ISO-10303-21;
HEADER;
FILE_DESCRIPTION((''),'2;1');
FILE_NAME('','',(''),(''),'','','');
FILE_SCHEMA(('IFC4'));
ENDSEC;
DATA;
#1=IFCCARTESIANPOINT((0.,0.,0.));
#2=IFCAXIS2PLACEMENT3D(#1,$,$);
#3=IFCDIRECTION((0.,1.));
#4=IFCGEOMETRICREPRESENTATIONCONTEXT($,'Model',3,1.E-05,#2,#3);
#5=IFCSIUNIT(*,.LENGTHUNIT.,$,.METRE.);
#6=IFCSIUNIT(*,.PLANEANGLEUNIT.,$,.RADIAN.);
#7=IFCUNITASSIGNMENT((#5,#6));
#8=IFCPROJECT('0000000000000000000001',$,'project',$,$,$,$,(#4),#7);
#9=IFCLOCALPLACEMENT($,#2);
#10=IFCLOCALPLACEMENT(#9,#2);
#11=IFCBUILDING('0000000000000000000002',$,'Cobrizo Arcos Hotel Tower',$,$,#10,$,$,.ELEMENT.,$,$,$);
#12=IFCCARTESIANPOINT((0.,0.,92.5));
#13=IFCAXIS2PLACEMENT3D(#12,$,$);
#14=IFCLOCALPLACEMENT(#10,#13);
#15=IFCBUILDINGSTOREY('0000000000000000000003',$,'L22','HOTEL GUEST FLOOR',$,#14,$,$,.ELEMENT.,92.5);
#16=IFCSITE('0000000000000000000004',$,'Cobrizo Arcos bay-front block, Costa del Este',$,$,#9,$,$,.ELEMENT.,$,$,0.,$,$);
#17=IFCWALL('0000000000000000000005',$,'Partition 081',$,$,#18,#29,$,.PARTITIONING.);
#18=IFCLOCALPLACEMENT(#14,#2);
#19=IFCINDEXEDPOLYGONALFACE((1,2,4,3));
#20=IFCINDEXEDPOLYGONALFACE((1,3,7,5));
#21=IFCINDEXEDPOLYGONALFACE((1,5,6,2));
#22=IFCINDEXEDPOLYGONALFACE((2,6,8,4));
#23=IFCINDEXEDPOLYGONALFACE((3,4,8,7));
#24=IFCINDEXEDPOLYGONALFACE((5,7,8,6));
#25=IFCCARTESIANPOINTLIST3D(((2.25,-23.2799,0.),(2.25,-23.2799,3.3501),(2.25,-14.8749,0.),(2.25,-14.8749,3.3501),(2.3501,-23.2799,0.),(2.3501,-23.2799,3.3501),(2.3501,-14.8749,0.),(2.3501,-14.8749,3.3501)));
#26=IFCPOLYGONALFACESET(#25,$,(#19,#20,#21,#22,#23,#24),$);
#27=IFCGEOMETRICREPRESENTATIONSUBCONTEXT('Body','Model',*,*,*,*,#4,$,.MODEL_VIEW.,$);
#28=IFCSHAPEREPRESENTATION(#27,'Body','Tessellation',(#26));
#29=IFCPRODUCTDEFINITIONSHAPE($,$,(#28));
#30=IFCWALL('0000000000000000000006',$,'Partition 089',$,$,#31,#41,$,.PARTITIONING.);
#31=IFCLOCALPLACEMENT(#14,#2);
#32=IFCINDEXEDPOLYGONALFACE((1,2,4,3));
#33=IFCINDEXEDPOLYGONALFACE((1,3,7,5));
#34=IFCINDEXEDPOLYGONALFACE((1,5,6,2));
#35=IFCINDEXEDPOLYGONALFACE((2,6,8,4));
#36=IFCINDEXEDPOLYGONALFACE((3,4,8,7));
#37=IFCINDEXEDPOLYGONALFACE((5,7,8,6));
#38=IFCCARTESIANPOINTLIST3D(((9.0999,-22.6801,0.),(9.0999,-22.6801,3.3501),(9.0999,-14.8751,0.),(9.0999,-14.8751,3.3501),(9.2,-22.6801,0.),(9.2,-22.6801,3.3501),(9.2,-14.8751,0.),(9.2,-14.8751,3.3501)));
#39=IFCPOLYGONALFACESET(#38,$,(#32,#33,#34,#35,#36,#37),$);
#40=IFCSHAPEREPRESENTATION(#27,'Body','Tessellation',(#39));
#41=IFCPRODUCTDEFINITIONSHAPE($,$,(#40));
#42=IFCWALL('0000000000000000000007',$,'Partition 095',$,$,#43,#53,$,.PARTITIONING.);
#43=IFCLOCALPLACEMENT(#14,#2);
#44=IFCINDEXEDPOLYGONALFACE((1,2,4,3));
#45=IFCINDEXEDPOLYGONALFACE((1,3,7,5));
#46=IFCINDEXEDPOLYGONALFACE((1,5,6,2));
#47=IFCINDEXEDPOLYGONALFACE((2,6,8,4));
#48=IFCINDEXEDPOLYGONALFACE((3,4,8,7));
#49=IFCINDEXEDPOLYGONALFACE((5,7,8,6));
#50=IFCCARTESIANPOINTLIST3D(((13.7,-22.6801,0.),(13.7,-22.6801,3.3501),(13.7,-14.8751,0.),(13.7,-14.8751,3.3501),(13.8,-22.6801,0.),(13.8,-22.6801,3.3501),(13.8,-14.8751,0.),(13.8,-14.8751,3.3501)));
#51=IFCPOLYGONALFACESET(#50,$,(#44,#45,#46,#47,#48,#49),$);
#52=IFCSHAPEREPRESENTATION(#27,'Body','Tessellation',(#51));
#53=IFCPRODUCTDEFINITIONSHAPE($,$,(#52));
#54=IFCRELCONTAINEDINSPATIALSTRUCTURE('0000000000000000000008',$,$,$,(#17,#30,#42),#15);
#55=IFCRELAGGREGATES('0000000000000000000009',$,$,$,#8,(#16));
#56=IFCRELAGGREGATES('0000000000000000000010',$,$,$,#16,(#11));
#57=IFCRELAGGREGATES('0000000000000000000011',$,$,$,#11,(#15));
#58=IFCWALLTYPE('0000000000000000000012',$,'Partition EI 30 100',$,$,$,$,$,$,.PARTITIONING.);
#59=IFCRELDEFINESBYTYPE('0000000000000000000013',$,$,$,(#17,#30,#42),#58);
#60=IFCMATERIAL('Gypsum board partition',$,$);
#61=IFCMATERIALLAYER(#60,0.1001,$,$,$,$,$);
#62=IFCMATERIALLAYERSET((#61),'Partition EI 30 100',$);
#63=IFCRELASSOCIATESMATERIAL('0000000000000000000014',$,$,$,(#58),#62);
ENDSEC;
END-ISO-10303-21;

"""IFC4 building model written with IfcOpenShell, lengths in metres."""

from ifc_helpers import new_model, si_unit, direction, frame, frame_2d, origin, place, context, subcontext, project, spatial, rectangle, extrude, material, layer, layer_set, type_object, element, save


model = new_model("IFC4")

# Units and contexts
model_context = context("Model", 3, precision=1e-05, world=origin(), true_north=direction((0.0, 1.0)))
body_context = subcontext(model_context, "Body", "Model", "MODEL_VIEW")
ifc_project = project(units=[si_unit("LENGTHUNIT", "METRE"), si_unit("PLANEANGLEUNIT", "RADIAN")], contexts=[model_context])

# Site, building, storey
site_placement = place(None, origin())
site = spatial("IfcSite", under=ifc_project, at=site_placement, Name="Cobrizo Arcos bay-front block, Costa del Este", CompositionType="ELEMENT", RefElevation=0.0)
building_placement = place(site_placement, origin())
building = spatial("IfcBuilding", under=site, at=building_placement, Name="Cobrizo Arcos Hotel Tower", CompositionType="ELEMENT")
storey_placement = place(building_placement, frame((0.0, 0.0, 92.5)))
storey = spatial("IfcBuildingStorey", under=building, at=storey_placement, Name="L22", Description="HOTEL GUEST FLOOR", CompositionType="ELEMENT", Elevation=92.5)

# Walls
ifc_material_1 = material(Name="Gypsum board partition")
ifc_layer_1 = layer(ifc_material_1, 0.1001)
ifc_layer_set_1 = layer_set([ifc_layer_1], Name="Partition EI 30 100")
wall_type = type_object("IfcWallType", Name="Partition EI 30 100", PredefinedType="PARTITIONING", material=ifc_layer_set_1)
wall_placement = place(storey_placement, frame((2.3, -23.28, 0.0), z_axis=(0.0, 0.0, 1.0), x_axis=(0.0, 1.0, 0.0)))
element("IfcWall", 1, at=wall_placement, inside=storey, type_object=wall_type, Name="Partition 081", PredefinedType="PARTITIONING", context=body_context, shape_type="SweptSolid", body=[
    extrude(rectangle(XDim=8.405, YDim=0.1001, at=frame_2d((4.2026, 0.0))), origin(), (0.0, 0.0, 1.0), 3.3501),
])
for number, where, z_axis, x_axis, name in (
    (2, (9.1499, -22.6799, 0.0), (0.0, 0.0, 1.0), (0.0, 1.0, 0.0), "Partition 089"),
    (3, (13.75, -22.6799, 0.0), (0.0, 0.0, 1.0), (0.0, 1.0, 0.0), "Partition 095"),
):
    element("IfcWall", number, at=place(storey_placement, frame(where, z_axis=z_axis, x_axis=x_axis)), inside=storey, type_object=wall_type, Name=name, PredefinedType="PARTITIONING", context=body_context, shape_type="SweptSolid", body=[
        extrude(rectangle(XDim=7.8049, YDim=0.1001, at=frame_2d((3.9023, 0.0))), origin(), (0.0, 0.0, 1.0), 3.3501),
    ])

save(model, "model.ifc")
